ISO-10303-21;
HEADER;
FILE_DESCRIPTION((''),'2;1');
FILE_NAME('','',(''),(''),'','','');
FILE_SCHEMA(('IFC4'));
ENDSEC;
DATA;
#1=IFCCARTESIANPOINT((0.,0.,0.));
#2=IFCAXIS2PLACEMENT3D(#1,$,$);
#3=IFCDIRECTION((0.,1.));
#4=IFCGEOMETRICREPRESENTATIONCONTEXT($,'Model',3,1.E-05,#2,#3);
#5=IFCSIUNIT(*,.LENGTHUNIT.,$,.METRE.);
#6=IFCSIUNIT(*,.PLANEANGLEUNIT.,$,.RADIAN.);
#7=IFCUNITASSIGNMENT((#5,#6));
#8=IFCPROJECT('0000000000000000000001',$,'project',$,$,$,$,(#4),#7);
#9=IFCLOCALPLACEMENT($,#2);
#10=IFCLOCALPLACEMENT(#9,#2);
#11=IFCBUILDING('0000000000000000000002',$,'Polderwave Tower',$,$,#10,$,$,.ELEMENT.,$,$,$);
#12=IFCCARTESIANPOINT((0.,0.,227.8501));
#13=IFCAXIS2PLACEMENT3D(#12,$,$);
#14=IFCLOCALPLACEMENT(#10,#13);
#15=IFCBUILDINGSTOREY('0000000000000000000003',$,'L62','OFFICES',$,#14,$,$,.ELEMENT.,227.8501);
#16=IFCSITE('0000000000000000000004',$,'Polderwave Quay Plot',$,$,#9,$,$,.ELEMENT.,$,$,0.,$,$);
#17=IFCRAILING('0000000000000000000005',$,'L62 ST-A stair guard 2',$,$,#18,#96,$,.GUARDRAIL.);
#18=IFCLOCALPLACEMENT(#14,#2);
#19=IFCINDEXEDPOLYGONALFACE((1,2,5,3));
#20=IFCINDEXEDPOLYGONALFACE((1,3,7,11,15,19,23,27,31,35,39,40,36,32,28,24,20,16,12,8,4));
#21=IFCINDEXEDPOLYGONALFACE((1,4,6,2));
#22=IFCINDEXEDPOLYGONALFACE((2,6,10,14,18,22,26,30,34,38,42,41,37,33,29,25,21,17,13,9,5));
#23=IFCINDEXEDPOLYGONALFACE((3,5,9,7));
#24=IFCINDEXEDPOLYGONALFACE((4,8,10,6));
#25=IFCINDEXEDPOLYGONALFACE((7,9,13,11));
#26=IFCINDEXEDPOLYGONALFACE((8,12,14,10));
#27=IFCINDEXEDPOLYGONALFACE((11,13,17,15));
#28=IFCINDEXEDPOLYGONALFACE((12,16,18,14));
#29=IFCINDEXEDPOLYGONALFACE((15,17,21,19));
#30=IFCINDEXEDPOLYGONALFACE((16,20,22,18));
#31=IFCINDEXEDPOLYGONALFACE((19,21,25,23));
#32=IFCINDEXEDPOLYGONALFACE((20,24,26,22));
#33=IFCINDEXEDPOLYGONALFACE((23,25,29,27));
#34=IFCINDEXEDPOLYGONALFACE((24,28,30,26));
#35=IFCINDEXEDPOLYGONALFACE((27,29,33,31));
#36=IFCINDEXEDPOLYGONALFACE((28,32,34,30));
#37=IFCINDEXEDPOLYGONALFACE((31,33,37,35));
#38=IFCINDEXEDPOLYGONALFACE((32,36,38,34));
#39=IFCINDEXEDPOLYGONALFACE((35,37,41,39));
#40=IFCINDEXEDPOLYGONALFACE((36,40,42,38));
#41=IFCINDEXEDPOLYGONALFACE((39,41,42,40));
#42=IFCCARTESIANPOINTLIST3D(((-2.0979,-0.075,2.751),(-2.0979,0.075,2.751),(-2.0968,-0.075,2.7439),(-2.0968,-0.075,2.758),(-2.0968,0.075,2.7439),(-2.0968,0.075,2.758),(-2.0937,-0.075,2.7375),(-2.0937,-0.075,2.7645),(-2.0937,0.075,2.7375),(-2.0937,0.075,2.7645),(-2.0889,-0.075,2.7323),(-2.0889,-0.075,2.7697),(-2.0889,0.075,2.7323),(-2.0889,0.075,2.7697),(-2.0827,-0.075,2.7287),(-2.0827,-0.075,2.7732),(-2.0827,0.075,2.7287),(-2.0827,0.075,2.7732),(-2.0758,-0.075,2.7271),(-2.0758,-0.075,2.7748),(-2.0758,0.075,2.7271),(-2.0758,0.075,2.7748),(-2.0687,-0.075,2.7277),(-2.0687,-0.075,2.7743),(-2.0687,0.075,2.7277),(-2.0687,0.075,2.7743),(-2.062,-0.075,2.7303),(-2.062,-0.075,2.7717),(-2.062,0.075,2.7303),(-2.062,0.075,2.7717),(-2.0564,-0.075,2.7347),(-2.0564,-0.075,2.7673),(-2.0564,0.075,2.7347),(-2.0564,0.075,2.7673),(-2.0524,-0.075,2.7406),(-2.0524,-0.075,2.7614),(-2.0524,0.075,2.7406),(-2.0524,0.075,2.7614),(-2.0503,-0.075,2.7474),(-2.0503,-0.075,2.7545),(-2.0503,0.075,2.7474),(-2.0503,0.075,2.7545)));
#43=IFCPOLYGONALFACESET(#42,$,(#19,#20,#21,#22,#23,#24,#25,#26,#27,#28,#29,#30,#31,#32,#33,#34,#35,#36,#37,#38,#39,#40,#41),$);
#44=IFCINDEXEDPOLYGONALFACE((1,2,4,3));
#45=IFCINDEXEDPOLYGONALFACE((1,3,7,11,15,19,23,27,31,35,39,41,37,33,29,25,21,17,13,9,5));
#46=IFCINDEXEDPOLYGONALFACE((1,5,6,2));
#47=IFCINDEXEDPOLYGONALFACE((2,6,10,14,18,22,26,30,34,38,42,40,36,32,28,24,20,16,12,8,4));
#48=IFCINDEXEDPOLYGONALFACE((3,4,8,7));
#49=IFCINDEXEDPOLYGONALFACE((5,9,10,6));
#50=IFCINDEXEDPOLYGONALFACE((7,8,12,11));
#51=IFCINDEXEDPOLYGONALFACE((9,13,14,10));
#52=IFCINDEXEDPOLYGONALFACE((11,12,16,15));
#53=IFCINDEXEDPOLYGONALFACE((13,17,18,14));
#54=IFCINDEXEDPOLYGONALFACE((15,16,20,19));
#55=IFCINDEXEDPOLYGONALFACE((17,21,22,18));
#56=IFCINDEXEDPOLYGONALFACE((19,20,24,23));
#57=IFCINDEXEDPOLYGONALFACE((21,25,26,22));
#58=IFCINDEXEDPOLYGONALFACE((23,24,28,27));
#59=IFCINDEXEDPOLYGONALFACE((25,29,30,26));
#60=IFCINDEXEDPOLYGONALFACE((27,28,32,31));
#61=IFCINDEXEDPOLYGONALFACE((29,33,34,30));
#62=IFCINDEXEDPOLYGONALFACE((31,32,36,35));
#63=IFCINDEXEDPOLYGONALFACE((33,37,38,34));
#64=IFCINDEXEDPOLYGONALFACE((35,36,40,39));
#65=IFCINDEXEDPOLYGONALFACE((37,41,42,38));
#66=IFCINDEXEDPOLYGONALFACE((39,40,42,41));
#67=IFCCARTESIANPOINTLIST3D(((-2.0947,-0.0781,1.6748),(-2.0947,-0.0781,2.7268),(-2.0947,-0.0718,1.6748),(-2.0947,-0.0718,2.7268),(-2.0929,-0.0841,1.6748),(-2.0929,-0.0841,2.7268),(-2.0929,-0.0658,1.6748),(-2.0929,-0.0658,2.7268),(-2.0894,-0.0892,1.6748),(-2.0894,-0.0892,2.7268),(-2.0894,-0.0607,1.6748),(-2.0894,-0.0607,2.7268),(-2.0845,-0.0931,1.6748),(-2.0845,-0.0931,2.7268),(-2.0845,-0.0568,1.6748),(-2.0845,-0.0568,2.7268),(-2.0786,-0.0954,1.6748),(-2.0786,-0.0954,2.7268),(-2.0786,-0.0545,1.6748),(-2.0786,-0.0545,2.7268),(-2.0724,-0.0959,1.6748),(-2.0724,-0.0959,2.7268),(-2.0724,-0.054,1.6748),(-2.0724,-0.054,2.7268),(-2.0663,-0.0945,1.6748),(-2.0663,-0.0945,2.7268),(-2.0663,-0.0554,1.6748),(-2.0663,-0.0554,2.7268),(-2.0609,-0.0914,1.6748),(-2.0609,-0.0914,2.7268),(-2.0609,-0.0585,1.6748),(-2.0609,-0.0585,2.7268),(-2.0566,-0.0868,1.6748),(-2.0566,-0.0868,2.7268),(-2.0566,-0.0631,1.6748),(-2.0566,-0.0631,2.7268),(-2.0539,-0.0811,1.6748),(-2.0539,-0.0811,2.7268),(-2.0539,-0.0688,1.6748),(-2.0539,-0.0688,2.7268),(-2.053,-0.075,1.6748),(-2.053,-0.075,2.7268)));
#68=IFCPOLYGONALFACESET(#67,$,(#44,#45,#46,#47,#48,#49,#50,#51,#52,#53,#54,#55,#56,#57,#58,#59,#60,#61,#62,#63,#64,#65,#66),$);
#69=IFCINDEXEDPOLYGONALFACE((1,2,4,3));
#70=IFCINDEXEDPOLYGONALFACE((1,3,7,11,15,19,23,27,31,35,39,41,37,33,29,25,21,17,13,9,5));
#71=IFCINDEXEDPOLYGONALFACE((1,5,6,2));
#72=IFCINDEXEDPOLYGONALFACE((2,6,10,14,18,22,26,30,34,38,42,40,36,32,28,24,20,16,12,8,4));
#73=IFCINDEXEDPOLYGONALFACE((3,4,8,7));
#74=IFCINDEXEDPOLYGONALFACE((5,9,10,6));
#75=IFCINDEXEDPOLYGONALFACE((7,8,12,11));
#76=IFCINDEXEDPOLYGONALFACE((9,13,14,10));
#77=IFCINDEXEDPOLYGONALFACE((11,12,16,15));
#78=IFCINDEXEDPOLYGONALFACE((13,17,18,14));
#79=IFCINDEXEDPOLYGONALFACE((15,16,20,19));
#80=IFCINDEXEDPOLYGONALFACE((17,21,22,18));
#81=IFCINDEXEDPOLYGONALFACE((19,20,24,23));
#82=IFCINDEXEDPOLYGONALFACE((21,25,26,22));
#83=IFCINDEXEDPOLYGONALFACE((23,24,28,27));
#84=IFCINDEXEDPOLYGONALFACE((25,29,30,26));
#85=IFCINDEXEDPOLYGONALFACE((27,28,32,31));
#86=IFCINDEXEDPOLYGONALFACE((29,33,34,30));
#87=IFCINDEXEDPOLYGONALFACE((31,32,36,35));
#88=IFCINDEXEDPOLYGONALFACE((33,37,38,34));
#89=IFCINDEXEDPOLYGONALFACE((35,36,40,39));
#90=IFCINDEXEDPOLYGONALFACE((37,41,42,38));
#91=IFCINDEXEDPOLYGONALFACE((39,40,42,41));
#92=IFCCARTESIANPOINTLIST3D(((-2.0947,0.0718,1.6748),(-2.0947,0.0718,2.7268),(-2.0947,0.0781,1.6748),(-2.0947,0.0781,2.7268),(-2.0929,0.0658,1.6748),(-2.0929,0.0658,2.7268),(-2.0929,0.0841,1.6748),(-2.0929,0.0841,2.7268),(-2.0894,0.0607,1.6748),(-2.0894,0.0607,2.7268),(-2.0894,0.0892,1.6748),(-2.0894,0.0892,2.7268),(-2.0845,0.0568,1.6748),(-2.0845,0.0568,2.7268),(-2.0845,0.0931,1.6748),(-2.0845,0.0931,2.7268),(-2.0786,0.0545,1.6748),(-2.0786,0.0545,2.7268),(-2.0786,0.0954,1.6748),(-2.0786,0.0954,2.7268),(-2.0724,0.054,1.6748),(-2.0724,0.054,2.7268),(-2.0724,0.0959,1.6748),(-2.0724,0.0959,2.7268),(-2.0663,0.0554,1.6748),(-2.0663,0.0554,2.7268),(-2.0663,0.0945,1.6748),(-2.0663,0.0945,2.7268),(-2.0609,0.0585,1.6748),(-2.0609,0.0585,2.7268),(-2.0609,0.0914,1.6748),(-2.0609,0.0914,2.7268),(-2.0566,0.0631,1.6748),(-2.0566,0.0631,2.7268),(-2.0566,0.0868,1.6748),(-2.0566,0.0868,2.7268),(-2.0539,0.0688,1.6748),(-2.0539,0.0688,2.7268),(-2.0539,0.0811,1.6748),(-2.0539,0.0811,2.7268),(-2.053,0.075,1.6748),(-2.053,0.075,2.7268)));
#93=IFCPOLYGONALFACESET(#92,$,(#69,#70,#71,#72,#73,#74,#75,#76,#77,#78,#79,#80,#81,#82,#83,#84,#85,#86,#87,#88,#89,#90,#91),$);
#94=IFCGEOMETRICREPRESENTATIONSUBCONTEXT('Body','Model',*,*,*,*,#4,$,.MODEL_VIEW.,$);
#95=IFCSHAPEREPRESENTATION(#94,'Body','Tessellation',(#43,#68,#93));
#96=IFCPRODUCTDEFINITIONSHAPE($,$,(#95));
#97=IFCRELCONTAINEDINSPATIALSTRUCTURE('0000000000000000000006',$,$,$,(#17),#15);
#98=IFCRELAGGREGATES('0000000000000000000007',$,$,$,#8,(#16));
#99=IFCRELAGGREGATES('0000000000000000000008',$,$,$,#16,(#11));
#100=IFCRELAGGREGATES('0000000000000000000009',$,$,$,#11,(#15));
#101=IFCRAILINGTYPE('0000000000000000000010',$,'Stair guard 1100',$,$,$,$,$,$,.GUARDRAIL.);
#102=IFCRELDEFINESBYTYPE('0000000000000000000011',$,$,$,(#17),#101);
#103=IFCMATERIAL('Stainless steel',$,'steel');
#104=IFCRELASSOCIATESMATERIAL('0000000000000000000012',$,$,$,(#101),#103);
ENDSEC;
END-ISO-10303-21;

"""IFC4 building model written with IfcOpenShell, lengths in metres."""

from ifc_helpers import new_model, si_unit, direction, frame, origin, origin_2d, place, context, subcontext, project, spatial, circle, extrude, material, type_object, element, save


model = new_model("IFC4")

# Units and contexts
model_context = context("Model", 3, precision=1e-05, world=origin(), true_north=direction((0.0, 1.0)))
body_context = subcontext(model_context, "Body", "Model", "MODEL_VIEW")
ifc_project = project(units=[si_unit("LENGTHUNIT", "METRE"), si_unit("PLANEANGLEUNIT", "RADIAN")], contexts=[model_context])

# Site, building, storey
site_placement = place(None, origin())
site = spatial("IfcSite", under=ifc_project, at=site_placement, Name="Polderwave Quay Plot", CompositionType="ELEMENT", RefElevation=0.0)
building_placement = place(site_placement, origin())
building = spatial("IfcBuilding", under=site, at=building_placement, Name="Polderwave Tower", CompositionType="ELEMENT")
storey_placement = place(building_placement, frame((0.0, 0.0, 227.8501)))
storey = spatial("IfcBuildingStorey", under=building, at=storey_placement, Name="L62", Description="OFFICES", CompositionType="ELEMENT", Elevation=227.8501)

# Railing
ifc_material_1 = material(Name="Stainless steel", Category="steel")
railing_type_1 = type_object("IfcRailingType", Name="Stair guard 1100", PredefinedType="GUARDRAIL", material=ifc_material_1)
railing_1_placement = place(storey_placement, frame((-2.074, -0.075, 1.6748)))
element("IfcRailing", 1, at=railing_1_placement, inside=storey, type_object=railing_type_1, Name="L62 ST-A stair guard 2", PredefinedType="GUARDRAIL", context=body_context, shape_type="SweptSolid", body=[
    extrude(circle(Radius=0.0239, at=origin_2d()), frame((0.0, 0.0, 1.0762), z_axis=(0.0, 1.0, 0.0), x_axis=(-1.0, 0.0, 0.0)), (0.0, 0.0, 1.0), 0.1499),
    extrude(circle(Radius=0.021, at=origin_2d()), origin(), (0.0, 0.0, 1.0), 1.052),
    extrude(circle(Radius=0.021, at=origin_2d()), frame((0.0, 0.1499, 0.0)), (0.0, 0.0, 1.0), 1.052),
])

save(model, "model.ifc")
